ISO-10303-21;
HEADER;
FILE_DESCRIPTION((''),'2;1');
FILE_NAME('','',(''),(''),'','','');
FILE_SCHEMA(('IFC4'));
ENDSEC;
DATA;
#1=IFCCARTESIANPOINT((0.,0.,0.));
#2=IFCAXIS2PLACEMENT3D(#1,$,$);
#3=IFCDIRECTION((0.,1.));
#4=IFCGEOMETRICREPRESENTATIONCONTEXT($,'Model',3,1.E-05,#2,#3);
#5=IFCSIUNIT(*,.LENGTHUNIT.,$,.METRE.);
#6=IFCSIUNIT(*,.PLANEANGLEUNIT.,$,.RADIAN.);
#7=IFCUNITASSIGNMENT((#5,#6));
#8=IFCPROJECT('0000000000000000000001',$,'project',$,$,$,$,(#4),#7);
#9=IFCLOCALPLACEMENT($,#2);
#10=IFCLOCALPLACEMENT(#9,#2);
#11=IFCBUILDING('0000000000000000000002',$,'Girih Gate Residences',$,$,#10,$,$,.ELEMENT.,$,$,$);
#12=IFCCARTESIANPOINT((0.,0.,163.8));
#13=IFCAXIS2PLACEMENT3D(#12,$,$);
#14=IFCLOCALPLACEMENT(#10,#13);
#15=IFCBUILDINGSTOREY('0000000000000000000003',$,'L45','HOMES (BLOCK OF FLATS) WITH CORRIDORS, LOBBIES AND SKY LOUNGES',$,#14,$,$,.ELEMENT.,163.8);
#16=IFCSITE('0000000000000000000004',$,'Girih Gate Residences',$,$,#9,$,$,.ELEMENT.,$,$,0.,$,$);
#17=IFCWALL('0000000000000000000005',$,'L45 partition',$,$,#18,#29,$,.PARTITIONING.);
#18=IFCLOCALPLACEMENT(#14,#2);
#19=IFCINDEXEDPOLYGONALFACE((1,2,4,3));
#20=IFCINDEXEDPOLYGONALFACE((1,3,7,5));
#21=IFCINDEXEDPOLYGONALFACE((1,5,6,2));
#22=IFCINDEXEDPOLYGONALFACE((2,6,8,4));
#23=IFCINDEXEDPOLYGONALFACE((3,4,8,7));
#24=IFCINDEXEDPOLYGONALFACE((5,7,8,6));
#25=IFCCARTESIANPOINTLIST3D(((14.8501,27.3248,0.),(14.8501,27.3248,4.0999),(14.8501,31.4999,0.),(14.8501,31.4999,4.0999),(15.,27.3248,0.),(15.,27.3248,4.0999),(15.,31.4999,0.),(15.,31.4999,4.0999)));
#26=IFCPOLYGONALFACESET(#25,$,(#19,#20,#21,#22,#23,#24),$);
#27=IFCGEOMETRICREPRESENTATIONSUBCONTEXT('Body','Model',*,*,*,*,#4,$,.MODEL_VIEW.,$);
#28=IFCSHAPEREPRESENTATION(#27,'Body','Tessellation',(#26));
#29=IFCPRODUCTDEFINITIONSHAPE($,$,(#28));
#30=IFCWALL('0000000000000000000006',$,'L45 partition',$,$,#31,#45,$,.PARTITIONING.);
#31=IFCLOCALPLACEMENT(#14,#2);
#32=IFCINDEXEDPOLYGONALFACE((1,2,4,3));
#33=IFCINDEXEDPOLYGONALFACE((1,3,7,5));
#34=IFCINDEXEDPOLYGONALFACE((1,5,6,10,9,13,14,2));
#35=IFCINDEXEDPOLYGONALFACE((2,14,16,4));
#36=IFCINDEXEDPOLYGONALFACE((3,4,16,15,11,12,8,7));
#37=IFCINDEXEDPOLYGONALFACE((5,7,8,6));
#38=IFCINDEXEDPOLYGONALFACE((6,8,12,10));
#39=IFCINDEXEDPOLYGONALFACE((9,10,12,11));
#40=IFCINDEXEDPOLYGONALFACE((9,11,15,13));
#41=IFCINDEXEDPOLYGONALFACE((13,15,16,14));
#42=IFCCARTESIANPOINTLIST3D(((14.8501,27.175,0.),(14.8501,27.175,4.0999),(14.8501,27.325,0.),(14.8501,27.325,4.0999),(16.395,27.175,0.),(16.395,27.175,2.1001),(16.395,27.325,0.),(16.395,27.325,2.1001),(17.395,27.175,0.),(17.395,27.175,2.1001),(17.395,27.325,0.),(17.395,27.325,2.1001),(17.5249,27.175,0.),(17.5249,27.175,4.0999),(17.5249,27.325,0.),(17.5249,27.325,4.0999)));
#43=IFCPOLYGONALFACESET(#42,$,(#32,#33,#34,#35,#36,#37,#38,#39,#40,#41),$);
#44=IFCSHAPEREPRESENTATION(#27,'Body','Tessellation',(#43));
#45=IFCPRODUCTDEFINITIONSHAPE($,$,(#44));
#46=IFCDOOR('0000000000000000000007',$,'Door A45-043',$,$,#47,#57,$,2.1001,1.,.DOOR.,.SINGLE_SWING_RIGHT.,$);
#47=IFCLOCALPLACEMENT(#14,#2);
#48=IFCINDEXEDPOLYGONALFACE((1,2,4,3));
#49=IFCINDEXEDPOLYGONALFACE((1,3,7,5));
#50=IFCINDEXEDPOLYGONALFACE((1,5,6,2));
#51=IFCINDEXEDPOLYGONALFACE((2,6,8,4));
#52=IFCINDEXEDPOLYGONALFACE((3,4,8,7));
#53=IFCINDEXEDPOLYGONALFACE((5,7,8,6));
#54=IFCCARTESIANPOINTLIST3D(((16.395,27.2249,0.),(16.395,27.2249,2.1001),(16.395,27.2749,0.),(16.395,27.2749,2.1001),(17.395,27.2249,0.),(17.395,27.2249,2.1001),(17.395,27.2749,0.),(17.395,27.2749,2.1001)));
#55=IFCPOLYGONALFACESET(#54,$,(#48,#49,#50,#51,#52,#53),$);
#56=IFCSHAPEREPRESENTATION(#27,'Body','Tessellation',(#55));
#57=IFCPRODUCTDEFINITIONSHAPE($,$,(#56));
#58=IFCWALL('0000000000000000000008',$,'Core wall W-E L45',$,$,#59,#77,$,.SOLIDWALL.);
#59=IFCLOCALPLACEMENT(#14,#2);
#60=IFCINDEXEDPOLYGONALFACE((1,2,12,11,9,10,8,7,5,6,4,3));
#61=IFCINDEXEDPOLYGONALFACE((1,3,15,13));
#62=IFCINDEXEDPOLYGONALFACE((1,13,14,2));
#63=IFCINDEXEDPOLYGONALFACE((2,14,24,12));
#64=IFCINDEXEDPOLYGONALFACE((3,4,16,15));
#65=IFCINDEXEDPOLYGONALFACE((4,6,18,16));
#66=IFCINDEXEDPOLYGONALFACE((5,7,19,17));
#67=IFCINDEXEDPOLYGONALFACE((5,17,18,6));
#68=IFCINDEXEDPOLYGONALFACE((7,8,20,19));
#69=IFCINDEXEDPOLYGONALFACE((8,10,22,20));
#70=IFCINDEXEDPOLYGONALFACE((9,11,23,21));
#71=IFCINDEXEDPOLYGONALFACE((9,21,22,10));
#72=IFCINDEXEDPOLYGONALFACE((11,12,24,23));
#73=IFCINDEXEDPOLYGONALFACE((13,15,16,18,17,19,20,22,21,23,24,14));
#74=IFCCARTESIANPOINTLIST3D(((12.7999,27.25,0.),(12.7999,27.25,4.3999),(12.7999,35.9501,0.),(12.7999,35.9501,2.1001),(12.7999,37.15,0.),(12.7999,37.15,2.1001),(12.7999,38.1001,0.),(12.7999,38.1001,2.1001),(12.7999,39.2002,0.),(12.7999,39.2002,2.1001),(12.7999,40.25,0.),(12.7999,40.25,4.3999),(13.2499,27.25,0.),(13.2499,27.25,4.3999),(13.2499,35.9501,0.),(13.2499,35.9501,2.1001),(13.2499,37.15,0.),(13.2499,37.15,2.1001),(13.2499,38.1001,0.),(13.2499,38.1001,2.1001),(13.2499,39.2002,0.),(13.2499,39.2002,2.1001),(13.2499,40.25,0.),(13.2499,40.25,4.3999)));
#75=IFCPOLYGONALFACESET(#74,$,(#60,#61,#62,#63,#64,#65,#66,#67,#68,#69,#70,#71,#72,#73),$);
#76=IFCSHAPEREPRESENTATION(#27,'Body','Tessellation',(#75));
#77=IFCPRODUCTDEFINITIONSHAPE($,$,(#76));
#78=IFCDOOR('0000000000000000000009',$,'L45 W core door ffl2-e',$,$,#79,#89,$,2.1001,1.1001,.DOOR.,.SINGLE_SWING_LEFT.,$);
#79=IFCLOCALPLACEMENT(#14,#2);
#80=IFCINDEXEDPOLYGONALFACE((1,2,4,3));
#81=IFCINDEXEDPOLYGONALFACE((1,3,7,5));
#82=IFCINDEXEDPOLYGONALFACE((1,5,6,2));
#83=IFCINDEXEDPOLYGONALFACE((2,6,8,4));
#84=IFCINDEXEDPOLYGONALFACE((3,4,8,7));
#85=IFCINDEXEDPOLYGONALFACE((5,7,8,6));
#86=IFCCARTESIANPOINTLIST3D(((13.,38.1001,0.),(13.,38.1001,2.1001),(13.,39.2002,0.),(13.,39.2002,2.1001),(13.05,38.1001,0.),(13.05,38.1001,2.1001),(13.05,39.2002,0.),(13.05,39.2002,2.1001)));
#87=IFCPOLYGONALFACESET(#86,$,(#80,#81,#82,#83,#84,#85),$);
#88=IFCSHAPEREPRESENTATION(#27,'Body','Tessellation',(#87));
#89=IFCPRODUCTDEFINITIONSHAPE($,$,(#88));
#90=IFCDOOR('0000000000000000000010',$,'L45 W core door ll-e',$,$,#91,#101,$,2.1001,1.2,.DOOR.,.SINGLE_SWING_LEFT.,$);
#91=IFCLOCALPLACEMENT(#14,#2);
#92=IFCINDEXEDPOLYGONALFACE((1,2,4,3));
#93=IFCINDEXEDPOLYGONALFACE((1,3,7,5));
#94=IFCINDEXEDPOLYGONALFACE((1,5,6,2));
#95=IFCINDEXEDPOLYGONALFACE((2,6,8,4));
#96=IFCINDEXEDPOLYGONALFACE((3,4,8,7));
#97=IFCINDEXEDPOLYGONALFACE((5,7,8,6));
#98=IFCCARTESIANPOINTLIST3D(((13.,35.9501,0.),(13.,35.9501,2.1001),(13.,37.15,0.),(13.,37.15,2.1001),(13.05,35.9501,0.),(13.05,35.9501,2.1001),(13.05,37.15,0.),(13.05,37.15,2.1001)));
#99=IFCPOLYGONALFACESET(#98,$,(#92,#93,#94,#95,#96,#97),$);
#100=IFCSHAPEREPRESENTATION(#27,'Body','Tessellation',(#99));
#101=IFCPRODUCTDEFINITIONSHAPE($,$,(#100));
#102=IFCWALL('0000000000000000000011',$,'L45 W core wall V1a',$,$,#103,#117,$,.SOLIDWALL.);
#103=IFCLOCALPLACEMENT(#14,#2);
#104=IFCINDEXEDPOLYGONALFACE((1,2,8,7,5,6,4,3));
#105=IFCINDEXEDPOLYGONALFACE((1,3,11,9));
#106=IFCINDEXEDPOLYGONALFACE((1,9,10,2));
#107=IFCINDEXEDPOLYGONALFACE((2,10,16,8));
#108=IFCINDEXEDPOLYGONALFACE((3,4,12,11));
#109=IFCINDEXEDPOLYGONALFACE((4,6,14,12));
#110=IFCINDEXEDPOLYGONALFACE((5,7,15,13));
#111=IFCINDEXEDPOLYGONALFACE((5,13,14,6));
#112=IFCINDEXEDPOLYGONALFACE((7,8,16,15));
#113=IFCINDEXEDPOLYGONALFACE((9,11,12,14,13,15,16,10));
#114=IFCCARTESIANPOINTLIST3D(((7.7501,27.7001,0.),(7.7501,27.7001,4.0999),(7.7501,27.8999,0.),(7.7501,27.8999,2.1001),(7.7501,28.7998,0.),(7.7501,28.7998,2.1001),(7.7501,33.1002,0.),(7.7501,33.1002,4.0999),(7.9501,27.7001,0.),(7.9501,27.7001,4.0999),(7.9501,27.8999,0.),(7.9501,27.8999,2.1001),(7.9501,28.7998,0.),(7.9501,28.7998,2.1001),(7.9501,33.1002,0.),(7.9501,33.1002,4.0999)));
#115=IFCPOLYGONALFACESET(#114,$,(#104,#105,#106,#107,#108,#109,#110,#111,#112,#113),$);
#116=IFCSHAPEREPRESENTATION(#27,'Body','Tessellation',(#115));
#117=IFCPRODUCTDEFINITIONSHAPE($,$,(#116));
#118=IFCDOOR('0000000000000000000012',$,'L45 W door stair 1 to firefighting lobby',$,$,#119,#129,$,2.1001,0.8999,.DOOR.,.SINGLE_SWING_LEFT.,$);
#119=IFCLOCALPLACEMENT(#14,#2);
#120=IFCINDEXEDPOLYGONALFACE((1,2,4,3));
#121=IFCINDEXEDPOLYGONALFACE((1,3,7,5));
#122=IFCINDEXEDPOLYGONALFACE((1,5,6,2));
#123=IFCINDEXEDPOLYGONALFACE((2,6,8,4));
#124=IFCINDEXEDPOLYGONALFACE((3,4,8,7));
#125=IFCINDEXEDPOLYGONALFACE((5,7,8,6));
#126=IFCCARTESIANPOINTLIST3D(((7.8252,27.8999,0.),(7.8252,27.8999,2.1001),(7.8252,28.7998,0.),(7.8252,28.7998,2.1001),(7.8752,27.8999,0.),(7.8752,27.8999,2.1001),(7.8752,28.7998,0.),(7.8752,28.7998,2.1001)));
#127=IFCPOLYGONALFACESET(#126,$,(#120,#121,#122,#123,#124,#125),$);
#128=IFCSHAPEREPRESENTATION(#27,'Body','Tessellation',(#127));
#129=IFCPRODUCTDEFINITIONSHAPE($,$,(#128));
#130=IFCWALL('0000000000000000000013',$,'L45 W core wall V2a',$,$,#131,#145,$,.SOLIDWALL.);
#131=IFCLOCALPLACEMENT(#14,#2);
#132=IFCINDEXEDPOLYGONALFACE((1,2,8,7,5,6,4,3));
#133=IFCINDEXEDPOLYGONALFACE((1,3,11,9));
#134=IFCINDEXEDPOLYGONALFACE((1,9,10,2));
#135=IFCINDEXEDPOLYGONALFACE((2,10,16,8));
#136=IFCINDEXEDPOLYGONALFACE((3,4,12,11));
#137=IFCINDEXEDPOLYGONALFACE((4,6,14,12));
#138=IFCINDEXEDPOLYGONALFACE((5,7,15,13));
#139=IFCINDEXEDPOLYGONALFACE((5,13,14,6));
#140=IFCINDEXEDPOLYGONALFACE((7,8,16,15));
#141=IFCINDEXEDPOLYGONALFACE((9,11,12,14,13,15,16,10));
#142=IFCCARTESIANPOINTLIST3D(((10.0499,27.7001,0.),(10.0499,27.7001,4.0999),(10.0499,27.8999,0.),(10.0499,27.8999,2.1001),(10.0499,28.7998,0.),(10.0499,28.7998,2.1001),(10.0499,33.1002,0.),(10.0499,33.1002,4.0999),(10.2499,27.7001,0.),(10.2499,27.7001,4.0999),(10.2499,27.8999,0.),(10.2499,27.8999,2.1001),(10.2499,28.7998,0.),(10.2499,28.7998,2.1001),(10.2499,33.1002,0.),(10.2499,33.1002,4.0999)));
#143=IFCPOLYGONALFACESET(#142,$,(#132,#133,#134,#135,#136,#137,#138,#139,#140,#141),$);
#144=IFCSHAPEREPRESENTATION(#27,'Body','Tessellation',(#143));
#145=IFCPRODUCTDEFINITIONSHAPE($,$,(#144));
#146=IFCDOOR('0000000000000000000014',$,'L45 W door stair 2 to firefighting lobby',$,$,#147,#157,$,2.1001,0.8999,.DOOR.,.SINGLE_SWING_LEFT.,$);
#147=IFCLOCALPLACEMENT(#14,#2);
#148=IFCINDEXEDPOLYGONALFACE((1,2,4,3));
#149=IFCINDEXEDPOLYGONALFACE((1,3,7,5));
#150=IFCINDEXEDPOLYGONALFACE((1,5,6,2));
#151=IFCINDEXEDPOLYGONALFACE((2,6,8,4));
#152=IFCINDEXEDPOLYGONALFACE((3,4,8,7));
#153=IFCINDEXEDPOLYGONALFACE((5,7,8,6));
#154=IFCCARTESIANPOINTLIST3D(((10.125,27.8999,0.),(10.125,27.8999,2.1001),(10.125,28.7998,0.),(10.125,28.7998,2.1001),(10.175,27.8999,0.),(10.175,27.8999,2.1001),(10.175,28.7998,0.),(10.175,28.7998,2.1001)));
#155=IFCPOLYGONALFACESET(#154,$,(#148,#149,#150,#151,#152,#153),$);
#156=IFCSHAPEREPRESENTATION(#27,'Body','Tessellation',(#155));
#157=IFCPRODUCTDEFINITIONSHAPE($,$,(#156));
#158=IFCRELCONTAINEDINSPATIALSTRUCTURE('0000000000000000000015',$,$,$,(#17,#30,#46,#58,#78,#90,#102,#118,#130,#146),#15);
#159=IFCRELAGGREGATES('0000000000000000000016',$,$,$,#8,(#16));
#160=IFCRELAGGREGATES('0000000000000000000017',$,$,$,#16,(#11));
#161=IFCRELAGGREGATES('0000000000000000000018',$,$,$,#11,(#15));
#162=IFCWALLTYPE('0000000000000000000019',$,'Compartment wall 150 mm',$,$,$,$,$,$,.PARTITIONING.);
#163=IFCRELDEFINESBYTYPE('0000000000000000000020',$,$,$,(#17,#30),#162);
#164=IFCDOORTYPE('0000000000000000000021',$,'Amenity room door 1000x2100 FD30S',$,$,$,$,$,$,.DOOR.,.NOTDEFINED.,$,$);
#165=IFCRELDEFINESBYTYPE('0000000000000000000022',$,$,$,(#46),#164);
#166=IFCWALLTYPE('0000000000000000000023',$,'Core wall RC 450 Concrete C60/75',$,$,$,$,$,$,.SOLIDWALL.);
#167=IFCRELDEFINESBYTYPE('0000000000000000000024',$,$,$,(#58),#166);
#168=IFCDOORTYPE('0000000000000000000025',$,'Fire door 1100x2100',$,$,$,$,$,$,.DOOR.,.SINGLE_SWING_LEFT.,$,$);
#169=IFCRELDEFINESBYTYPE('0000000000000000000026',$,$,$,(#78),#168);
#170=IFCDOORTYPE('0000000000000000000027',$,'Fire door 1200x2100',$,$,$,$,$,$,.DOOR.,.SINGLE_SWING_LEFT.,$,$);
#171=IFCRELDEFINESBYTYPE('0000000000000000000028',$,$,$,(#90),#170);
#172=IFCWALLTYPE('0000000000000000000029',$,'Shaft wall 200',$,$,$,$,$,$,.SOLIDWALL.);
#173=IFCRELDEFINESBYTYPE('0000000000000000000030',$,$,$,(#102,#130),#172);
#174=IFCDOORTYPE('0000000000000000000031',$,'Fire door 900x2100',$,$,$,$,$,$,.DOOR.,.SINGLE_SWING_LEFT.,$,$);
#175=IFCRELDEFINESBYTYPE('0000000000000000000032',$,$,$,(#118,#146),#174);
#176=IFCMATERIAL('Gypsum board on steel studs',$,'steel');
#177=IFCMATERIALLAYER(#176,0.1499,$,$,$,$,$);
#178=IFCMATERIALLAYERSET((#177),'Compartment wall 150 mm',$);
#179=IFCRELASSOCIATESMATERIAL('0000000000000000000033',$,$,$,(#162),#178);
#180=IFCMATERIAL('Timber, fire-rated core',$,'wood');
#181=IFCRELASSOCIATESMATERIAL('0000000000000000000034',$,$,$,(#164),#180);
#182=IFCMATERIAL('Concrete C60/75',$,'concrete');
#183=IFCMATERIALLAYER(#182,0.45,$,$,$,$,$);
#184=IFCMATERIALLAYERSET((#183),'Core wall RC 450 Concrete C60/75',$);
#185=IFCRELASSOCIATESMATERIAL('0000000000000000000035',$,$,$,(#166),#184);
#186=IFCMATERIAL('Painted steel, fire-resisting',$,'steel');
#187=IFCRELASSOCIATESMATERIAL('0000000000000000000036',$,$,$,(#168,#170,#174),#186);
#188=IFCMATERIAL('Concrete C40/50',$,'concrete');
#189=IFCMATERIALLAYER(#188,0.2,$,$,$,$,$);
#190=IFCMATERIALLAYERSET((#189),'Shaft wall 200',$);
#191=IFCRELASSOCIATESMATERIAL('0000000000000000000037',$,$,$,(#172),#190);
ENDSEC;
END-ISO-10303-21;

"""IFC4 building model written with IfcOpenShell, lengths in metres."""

from ifc_helpers import new_model, si_unit, direction, frame, frame_2d, origin, place, context, subcontext, project, spatial, rectangle, extrude, material, layer, layer_set, type_object, element, fill, save


model = new_model("IFC4")

# Units and contexts
model_context = context("Model", 3, precision=1e-05, world=origin(), true_north=direction((0.0, 1.0)))
body_context = subcontext(model_context, "Body", "Model", "MODEL_VIEW")
ifc_project = project(units=[si_unit("LENGTHUNIT", "METRE"), si_unit("PLANEANGLEUNIT", "RADIAN")], contexts=[model_context])

# Site, building, storey
site_placement = place(None, origin())
site = spatial("IfcSite", under=ifc_project, at=site_placement, Name="Girih Gate Residences", CompositionType="ELEMENT", RefElevation=0.0)
building_placement = place(site_placement, origin())
building = spatial("IfcBuilding", under=site, at=building_placement, Name="Girih Gate Residences", CompositionType="ELEMENT")
storey_placement = place(building_placement, frame((0.0, 0.0, 163.8)))
storey = spatial("IfcBuildingStorey", under=building, at=storey_placement, Name="L45", Description="HOMES (BLOCK OF FLATS) WITH CORRIDORS, LOBBIES AND SKY LOUNGES", CompositionType="ELEMENT", Elevation=163.8)

# Wall
ifc_material_1 = material(Name="Gypsum board on steel studs", Category="steel")
ifc_layer_1 = layer(ifc_material_1, 0.1499)
ifc_layer_set_1 = layer_set([ifc_layer_1], Name="Compartment wall 150 mm")
wall_type_1 = type_object("IfcWallType", Name="Compartment wall 150 mm", PredefinedType="PARTITIONING", material=ifc_layer_set_1)
wall_1_placement = place(storey_placement, frame((14.925, 27.325, 0.0), z_axis=(0.0, 0.0, 1.0), x_axis=(0.0, 1.0, 0.0)))
element("IfcWall", 1, at=wall_1_placement, inside=storey, type_object=wall_type_1, Name="L45 partition", PredefinedType="PARTITIONING", context=body_context, shape_type="SweptSolid", body=[
    extrude(rectangle(XDim=4.175, YDim=0.1499, at=frame_2d((2.0874, 0.0))), origin(), (0.0, 0.0, 1.0), 4.0999),
])

# Wall, opening, door
wall_2_placement = place(storey_placement, frame((14.8501, 27.25, 0.0), z_axis=(0.0, 0.0, 1.0), x_axis=(1.0, 0.0, 0.0)))
wall_2 = element("IfcWall", 2, at=wall_2_placement, inside=storey, type_object=wall_type_1, Name="L45 partition", PredefinedType="PARTITIONING", context=body_context, shape_type="SweptSolid", body=[
    extrude(rectangle(XDim=2.6748, YDim=0.1499, at=frame_2d((1.3374, 0.0))), origin(), (0.0, 0.0, 1.0), 4.0999),
])
opening_1_placement = place(wall_2_placement, frame((1.5449, 0.0, 0.0)))
opening_1 = element("IfcOpeningElement", 3, at=opening_1_placement, cuts=wall_2, PredefinedType="OPENING", context=body_context, shape_type="SweptSolid", body=[
    extrude(rectangle(XDim=1.0, YDim=2.1001, at=frame_2d((0.5, 1.05))), frame((0.0, 0.085, 0.0), z_axis=(0.0, -1.0, 0.0), x_axis=(1.0, 0.0, 0.0)), (0.0, 0.0, 1.0), 0.1699),
])
ifc_material_2 = material(Name="Timber, fire-rated core", Category="wood")
door_type_1 = type_object("IfcDoorType", Name="Amenity room door 1000x2100 FD30S", OperationType="NOTDEFINED", PredefinedType="DOOR", material=ifc_material_2)
door_1_placement = place(opening_1_placement, origin())
door_1 = element("IfcDoor", 4, at=door_1_placement, inside=storey, type_object=door_type_1, Name="Door A45-043", OperationType="SINGLE_SWING_RIGHT", OverallHeight=2.1001, OverallWidth=1.0, PredefinedType="DOOR", context=body_context, shape_type="SweptSolid", body=[
    extrude(rectangle(XDim=1.0, YDim=2.1001, at=frame_2d((0.5, 1.05))), frame((0.0, 0.0249, 0.0), z_axis=(0.0, -1.0, 0.0), x_axis=(1.0, 0.0, 0.0)), (0.0, 0.0, 1.0), 0.05),
])
fill(opening_1, door_1)

# Wall, openings, doors
ifc_material_3 = material(Name="Concrete C60/75", Category="concrete")
ifc_layer_2 = layer(ifc_material_3, 0.45)
ifc_layer_set_2 = layer_set([ifc_layer_2], Name="Core wall RC 450 Concrete C60/75")
wall_type_2 = type_object("IfcWallType", Name="Core wall RC 450 Concrete C60/75", PredefinedType="SOLIDWALL", material=ifc_layer_set_2)
wall_3_placement = place(storey_placement, frame((13.0249, 27.25, 0.0), z_axis=(0.0, 0.0, 1.0), x_axis=(0.0, 1.0, 0.0)))
wall_3 = element("IfcWall", 5, at=wall_3_placement, inside=storey, type_object=wall_type_2, Name="Core wall W-E L45", PredefinedType="SOLIDWALL", context=body_context, shape_type="SweptSolid", body=[
    extrude(rectangle(XDim=13.0, YDim=0.45, at=frame_2d((6.5, 0.0))), origin(), (0.0, 0.0, 1.0), 4.3999),
])
opening_2_placement = place(wall_3_placement, frame((10.8501, 0.0, 0.0)))
opening_2 = element("IfcOpeningElement", 6, at=opening_2_placement, cuts=wall_3, PredefinedType="OPENING", context=body_context, shape_type="SweptSolid", body=[
    extrude(rectangle(XDim=1.1001, YDim=2.1001, at=frame_2d((0.55, 1.05))), frame((0.0, 0.2349, 0.0), z_axis=(0.0, -1.0, 0.0), x_axis=(1.0, 0.0, 0.0)), (0.0, 0.0, 1.0), 0.47),
])
opening_3_placement = place(wall_3_placement, frame((8.7, 0.0, 0.0)))
opening_3 = element("IfcOpeningElement", 7, at=opening_3_placement, cuts=wall_3, PredefinedType="OPENING", context=body_context, shape_type="SweptSolid", body=[
    extrude(rectangle(XDim=1.2, YDim=2.1001, at=frame_2d((0.6001, 1.05))), frame((0.0, 0.2349, 0.0), z_axis=(0.0, -1.0, 0.0), x_axis=(1.0, 0.0, 0.0)), (0.0, 0.0, 1.0), 0.47),
])
ifc_material_4 = material(Name="Painted steel, fire-resisting", Category="steel")
door_type_2 = type_object("IfcDoorType", Name="Fire door 1100x2100", OperationType="SINGLE_SWING_LEFT", PredefinedType="DOOR", material=ifc_material_4)
door_2_placement = place(opening_2_placement, origin())
door_2 = element("IfcDoor", 8, at=door_2_placement, inside=storey, type_object=door_type_2, Name="L45 W core door ffl2-e", OperationType="SINGLE_SWING_LEFT", OverallHeight=2.1001, OverallWidth=1.1001, PredefinedType="DOOR", context=body_context, shape_type="SweptSolid", body=[
    extrude(rectangle(XDim=1.1001, YDim=2.1001, at=frame_2d((0.55, 1.05))), frame((0.0, 0.0249, 0.0), z_axis=(0.0, -1.0, 0.0), x_axis=(1.0, 0.0, 0.0)), (0.0, 0.0, 1.0), 0.05),
])
fill(opening_2, door_2)
door_type_3 = type_object("IfcDoorType", Name="Fire door 1200x2100", OperationType="SINGLE_SWING_LEFT", PredefinedType="DOOR", material=ifc_material_4)
door_3_placement = place(opening_3_placement, origin())
door_3 = element("IfcDoor", 9, at=door_3_placement, inside=storey, type_object=door_type_3, Name="L45 W core door ll-e", OperationType="SINGLE_SWING_LEFT", OverallHeight=2.1001, OverallWidth=1.2, PredefinedType="DOOR", context=body_context, shape_type="SweptSolid", body=[
    extrude(rectangle(XDim=1.2, YDim=2.1001, at=frame_2d((0.6001, 1.05))), frame((0.0, 0.0249, 0.0), z_axis=(0.0, -1.0, 0.0), x_axis=(1.0, 0.0, 0.0)), (0.0, 0.0, 1.0), 0.05),
])
fill(opening_3, door_3)

# Walls, openings, doors
ifc_material_5 = material(Name="Concrete C40/50", Category="concrete")
ifc_layer_3 = layer(ifc_material_5, 0.2)
ifc_layer_set_3 = layer_set([ifc_layer_3], Name="Shaft wall 200")
wall_type_3 = type_object("IfcWallType", Name="Shaft wall 200", PredefinedType="SOLIDWALL", material=ifc_layer_set_3)
wall_4_placement = place(storey_placement, frame((7.8501, 27.7, 0.0), z_axis=(0.0, 0.0, 1.0), x_axis=(0.0, 1.0, 0.0)))
wall_4 = element("IfcWall", 10, at=wall_4_placement, inside=storey, type_object=wall_type_3, Name="L45 W core wall V1a", PredefinedType="SOLIDWALL", context=body_context, shape_type="SweptSolid", body=[
    extrude(rectangle(XDim=5.4001, YDim=0.2, at=frame_2d((2.7002, 0.0))), origin(), (0.0, 0.0, 1.0), 4.0999),
])
opening_4_placement = place(wall_4_placement, frame((0.2, 0.0, 0.0)))
opening_4 = element("IfcOpeningElement", 11, at=opening_4_placement, cuts=wall_4, PredefinedType="OPENING", context=body_context, shape_type="SweptSolid", body=[
    extrude(rectangle(XDim=0.8999, YDim=2.1001, at=frame_2d((0.45, 1.05))), frame((0.0, 0.1099, 0.0), z_axis=(0.0, -1.0, 0.0), x_axis=(1.0, 0.0, 0.0)), (0.0, 0.0, 1.0), 0.22),
])
door_type_4 = type_object("IfcDoorType", Name="Fire door 900x2100", OperationType="SINGLE_SWING_LEFT", PredefinedType="DOOR", material=ifc_material_4)
door_4_placement = place(opening_4_placement, origin())
door_4 = element("IfcDoor", 12, at=door_4_placement, inside=storey, type_object=door_type_4, Name="L45 W door stair 1 to firefighting lobby", OperationType="SINGLE_SWING_LEFT", OverallHeight=2.1001, OverallWidth=0.8999, PredefinedType="DOOR", context=body_context, shape_type="SweptSolid", body=[
    extrude(rectangle(XDim=0.8999, YDim=2.1001, at=frame_2d((0.45, 1.05))), frame((0.0, 0.0249, 0.0), z_axis=(0.0, -1.0, 0.0), x_axis=(1.0, 0.0, 0.0)), (0.0, 0.0, 1.0), 0.05),
])
fill(opening_4, door_4)
wall_5_placement = place(storey_placement, frame((10.1499, 27.7, 0.0), z_axis=(0.0, 0.0, 1.0), x_axis=(0.0, 1.0, 0.0)))
wall_5 = element("IfcWall", 13, at=wall_5_placement, inside=storey, type_object=wall_type_3, Name="L45 W core wall V2a", PredefinedType="SOLIDWALL", context=body_context, shape_type="SweptSolid", body=[
    extrude(rectangle(XDim=5.4001, YDim=0.2, at=frame_2d((2.7002, 0.0))), origin(), (0.0, 0.0, 1.0), 4.0999),
])
opening_5_placement = place(wall_5_placement, frame((0.2, 0.0, 0.0)))
opening_5 = element("IfcOpeningElement", 14, at=opening_5_placement, cuts=wall_5, PredefinedType="OPENING", context=body_context, shape_type="SweptSolid", body=[
    extrude(rectangle(XDim=0.8999, YDim=2.1001, at=frame_2d((0.45, 1.05))), frame((0.0, 0.1099, 0.0), z_axis=(0.0, -1.0, 0.0), x_axis=(1.0, 0.0, 0.0)), (0.0, 0.0, 1.0), 0.22),
])
door_5_placement = place(opening_5_placement, origin())
door_5 = element("IfcDoor", 15, at=door_5_placement, inside=storey, type_object=door_type_4, Name="L45 W door stair 2 to firefighting lobby", OperationType="SINGLE_SWING_LEFT", OverallHeight=2.1001, OverallWidth=0.8999, PredefinedType="DOOR", context=body_context, shape_type="SweptSolid", body=[
    extrude(rectangle(XDim=0.8999, YDim=2.1001, at=frame_2d((0.45, 1.05))), frame((0.0, 0.0249, 0.0), z_axis=(0.0, -1.0, 0.0), x_axis=(1.0, 0.0, 0.0)), (0.0, 0.0, 1.0), 0.05),
])
fill(opening_5, door_5)

save(model, "model.ifc")
